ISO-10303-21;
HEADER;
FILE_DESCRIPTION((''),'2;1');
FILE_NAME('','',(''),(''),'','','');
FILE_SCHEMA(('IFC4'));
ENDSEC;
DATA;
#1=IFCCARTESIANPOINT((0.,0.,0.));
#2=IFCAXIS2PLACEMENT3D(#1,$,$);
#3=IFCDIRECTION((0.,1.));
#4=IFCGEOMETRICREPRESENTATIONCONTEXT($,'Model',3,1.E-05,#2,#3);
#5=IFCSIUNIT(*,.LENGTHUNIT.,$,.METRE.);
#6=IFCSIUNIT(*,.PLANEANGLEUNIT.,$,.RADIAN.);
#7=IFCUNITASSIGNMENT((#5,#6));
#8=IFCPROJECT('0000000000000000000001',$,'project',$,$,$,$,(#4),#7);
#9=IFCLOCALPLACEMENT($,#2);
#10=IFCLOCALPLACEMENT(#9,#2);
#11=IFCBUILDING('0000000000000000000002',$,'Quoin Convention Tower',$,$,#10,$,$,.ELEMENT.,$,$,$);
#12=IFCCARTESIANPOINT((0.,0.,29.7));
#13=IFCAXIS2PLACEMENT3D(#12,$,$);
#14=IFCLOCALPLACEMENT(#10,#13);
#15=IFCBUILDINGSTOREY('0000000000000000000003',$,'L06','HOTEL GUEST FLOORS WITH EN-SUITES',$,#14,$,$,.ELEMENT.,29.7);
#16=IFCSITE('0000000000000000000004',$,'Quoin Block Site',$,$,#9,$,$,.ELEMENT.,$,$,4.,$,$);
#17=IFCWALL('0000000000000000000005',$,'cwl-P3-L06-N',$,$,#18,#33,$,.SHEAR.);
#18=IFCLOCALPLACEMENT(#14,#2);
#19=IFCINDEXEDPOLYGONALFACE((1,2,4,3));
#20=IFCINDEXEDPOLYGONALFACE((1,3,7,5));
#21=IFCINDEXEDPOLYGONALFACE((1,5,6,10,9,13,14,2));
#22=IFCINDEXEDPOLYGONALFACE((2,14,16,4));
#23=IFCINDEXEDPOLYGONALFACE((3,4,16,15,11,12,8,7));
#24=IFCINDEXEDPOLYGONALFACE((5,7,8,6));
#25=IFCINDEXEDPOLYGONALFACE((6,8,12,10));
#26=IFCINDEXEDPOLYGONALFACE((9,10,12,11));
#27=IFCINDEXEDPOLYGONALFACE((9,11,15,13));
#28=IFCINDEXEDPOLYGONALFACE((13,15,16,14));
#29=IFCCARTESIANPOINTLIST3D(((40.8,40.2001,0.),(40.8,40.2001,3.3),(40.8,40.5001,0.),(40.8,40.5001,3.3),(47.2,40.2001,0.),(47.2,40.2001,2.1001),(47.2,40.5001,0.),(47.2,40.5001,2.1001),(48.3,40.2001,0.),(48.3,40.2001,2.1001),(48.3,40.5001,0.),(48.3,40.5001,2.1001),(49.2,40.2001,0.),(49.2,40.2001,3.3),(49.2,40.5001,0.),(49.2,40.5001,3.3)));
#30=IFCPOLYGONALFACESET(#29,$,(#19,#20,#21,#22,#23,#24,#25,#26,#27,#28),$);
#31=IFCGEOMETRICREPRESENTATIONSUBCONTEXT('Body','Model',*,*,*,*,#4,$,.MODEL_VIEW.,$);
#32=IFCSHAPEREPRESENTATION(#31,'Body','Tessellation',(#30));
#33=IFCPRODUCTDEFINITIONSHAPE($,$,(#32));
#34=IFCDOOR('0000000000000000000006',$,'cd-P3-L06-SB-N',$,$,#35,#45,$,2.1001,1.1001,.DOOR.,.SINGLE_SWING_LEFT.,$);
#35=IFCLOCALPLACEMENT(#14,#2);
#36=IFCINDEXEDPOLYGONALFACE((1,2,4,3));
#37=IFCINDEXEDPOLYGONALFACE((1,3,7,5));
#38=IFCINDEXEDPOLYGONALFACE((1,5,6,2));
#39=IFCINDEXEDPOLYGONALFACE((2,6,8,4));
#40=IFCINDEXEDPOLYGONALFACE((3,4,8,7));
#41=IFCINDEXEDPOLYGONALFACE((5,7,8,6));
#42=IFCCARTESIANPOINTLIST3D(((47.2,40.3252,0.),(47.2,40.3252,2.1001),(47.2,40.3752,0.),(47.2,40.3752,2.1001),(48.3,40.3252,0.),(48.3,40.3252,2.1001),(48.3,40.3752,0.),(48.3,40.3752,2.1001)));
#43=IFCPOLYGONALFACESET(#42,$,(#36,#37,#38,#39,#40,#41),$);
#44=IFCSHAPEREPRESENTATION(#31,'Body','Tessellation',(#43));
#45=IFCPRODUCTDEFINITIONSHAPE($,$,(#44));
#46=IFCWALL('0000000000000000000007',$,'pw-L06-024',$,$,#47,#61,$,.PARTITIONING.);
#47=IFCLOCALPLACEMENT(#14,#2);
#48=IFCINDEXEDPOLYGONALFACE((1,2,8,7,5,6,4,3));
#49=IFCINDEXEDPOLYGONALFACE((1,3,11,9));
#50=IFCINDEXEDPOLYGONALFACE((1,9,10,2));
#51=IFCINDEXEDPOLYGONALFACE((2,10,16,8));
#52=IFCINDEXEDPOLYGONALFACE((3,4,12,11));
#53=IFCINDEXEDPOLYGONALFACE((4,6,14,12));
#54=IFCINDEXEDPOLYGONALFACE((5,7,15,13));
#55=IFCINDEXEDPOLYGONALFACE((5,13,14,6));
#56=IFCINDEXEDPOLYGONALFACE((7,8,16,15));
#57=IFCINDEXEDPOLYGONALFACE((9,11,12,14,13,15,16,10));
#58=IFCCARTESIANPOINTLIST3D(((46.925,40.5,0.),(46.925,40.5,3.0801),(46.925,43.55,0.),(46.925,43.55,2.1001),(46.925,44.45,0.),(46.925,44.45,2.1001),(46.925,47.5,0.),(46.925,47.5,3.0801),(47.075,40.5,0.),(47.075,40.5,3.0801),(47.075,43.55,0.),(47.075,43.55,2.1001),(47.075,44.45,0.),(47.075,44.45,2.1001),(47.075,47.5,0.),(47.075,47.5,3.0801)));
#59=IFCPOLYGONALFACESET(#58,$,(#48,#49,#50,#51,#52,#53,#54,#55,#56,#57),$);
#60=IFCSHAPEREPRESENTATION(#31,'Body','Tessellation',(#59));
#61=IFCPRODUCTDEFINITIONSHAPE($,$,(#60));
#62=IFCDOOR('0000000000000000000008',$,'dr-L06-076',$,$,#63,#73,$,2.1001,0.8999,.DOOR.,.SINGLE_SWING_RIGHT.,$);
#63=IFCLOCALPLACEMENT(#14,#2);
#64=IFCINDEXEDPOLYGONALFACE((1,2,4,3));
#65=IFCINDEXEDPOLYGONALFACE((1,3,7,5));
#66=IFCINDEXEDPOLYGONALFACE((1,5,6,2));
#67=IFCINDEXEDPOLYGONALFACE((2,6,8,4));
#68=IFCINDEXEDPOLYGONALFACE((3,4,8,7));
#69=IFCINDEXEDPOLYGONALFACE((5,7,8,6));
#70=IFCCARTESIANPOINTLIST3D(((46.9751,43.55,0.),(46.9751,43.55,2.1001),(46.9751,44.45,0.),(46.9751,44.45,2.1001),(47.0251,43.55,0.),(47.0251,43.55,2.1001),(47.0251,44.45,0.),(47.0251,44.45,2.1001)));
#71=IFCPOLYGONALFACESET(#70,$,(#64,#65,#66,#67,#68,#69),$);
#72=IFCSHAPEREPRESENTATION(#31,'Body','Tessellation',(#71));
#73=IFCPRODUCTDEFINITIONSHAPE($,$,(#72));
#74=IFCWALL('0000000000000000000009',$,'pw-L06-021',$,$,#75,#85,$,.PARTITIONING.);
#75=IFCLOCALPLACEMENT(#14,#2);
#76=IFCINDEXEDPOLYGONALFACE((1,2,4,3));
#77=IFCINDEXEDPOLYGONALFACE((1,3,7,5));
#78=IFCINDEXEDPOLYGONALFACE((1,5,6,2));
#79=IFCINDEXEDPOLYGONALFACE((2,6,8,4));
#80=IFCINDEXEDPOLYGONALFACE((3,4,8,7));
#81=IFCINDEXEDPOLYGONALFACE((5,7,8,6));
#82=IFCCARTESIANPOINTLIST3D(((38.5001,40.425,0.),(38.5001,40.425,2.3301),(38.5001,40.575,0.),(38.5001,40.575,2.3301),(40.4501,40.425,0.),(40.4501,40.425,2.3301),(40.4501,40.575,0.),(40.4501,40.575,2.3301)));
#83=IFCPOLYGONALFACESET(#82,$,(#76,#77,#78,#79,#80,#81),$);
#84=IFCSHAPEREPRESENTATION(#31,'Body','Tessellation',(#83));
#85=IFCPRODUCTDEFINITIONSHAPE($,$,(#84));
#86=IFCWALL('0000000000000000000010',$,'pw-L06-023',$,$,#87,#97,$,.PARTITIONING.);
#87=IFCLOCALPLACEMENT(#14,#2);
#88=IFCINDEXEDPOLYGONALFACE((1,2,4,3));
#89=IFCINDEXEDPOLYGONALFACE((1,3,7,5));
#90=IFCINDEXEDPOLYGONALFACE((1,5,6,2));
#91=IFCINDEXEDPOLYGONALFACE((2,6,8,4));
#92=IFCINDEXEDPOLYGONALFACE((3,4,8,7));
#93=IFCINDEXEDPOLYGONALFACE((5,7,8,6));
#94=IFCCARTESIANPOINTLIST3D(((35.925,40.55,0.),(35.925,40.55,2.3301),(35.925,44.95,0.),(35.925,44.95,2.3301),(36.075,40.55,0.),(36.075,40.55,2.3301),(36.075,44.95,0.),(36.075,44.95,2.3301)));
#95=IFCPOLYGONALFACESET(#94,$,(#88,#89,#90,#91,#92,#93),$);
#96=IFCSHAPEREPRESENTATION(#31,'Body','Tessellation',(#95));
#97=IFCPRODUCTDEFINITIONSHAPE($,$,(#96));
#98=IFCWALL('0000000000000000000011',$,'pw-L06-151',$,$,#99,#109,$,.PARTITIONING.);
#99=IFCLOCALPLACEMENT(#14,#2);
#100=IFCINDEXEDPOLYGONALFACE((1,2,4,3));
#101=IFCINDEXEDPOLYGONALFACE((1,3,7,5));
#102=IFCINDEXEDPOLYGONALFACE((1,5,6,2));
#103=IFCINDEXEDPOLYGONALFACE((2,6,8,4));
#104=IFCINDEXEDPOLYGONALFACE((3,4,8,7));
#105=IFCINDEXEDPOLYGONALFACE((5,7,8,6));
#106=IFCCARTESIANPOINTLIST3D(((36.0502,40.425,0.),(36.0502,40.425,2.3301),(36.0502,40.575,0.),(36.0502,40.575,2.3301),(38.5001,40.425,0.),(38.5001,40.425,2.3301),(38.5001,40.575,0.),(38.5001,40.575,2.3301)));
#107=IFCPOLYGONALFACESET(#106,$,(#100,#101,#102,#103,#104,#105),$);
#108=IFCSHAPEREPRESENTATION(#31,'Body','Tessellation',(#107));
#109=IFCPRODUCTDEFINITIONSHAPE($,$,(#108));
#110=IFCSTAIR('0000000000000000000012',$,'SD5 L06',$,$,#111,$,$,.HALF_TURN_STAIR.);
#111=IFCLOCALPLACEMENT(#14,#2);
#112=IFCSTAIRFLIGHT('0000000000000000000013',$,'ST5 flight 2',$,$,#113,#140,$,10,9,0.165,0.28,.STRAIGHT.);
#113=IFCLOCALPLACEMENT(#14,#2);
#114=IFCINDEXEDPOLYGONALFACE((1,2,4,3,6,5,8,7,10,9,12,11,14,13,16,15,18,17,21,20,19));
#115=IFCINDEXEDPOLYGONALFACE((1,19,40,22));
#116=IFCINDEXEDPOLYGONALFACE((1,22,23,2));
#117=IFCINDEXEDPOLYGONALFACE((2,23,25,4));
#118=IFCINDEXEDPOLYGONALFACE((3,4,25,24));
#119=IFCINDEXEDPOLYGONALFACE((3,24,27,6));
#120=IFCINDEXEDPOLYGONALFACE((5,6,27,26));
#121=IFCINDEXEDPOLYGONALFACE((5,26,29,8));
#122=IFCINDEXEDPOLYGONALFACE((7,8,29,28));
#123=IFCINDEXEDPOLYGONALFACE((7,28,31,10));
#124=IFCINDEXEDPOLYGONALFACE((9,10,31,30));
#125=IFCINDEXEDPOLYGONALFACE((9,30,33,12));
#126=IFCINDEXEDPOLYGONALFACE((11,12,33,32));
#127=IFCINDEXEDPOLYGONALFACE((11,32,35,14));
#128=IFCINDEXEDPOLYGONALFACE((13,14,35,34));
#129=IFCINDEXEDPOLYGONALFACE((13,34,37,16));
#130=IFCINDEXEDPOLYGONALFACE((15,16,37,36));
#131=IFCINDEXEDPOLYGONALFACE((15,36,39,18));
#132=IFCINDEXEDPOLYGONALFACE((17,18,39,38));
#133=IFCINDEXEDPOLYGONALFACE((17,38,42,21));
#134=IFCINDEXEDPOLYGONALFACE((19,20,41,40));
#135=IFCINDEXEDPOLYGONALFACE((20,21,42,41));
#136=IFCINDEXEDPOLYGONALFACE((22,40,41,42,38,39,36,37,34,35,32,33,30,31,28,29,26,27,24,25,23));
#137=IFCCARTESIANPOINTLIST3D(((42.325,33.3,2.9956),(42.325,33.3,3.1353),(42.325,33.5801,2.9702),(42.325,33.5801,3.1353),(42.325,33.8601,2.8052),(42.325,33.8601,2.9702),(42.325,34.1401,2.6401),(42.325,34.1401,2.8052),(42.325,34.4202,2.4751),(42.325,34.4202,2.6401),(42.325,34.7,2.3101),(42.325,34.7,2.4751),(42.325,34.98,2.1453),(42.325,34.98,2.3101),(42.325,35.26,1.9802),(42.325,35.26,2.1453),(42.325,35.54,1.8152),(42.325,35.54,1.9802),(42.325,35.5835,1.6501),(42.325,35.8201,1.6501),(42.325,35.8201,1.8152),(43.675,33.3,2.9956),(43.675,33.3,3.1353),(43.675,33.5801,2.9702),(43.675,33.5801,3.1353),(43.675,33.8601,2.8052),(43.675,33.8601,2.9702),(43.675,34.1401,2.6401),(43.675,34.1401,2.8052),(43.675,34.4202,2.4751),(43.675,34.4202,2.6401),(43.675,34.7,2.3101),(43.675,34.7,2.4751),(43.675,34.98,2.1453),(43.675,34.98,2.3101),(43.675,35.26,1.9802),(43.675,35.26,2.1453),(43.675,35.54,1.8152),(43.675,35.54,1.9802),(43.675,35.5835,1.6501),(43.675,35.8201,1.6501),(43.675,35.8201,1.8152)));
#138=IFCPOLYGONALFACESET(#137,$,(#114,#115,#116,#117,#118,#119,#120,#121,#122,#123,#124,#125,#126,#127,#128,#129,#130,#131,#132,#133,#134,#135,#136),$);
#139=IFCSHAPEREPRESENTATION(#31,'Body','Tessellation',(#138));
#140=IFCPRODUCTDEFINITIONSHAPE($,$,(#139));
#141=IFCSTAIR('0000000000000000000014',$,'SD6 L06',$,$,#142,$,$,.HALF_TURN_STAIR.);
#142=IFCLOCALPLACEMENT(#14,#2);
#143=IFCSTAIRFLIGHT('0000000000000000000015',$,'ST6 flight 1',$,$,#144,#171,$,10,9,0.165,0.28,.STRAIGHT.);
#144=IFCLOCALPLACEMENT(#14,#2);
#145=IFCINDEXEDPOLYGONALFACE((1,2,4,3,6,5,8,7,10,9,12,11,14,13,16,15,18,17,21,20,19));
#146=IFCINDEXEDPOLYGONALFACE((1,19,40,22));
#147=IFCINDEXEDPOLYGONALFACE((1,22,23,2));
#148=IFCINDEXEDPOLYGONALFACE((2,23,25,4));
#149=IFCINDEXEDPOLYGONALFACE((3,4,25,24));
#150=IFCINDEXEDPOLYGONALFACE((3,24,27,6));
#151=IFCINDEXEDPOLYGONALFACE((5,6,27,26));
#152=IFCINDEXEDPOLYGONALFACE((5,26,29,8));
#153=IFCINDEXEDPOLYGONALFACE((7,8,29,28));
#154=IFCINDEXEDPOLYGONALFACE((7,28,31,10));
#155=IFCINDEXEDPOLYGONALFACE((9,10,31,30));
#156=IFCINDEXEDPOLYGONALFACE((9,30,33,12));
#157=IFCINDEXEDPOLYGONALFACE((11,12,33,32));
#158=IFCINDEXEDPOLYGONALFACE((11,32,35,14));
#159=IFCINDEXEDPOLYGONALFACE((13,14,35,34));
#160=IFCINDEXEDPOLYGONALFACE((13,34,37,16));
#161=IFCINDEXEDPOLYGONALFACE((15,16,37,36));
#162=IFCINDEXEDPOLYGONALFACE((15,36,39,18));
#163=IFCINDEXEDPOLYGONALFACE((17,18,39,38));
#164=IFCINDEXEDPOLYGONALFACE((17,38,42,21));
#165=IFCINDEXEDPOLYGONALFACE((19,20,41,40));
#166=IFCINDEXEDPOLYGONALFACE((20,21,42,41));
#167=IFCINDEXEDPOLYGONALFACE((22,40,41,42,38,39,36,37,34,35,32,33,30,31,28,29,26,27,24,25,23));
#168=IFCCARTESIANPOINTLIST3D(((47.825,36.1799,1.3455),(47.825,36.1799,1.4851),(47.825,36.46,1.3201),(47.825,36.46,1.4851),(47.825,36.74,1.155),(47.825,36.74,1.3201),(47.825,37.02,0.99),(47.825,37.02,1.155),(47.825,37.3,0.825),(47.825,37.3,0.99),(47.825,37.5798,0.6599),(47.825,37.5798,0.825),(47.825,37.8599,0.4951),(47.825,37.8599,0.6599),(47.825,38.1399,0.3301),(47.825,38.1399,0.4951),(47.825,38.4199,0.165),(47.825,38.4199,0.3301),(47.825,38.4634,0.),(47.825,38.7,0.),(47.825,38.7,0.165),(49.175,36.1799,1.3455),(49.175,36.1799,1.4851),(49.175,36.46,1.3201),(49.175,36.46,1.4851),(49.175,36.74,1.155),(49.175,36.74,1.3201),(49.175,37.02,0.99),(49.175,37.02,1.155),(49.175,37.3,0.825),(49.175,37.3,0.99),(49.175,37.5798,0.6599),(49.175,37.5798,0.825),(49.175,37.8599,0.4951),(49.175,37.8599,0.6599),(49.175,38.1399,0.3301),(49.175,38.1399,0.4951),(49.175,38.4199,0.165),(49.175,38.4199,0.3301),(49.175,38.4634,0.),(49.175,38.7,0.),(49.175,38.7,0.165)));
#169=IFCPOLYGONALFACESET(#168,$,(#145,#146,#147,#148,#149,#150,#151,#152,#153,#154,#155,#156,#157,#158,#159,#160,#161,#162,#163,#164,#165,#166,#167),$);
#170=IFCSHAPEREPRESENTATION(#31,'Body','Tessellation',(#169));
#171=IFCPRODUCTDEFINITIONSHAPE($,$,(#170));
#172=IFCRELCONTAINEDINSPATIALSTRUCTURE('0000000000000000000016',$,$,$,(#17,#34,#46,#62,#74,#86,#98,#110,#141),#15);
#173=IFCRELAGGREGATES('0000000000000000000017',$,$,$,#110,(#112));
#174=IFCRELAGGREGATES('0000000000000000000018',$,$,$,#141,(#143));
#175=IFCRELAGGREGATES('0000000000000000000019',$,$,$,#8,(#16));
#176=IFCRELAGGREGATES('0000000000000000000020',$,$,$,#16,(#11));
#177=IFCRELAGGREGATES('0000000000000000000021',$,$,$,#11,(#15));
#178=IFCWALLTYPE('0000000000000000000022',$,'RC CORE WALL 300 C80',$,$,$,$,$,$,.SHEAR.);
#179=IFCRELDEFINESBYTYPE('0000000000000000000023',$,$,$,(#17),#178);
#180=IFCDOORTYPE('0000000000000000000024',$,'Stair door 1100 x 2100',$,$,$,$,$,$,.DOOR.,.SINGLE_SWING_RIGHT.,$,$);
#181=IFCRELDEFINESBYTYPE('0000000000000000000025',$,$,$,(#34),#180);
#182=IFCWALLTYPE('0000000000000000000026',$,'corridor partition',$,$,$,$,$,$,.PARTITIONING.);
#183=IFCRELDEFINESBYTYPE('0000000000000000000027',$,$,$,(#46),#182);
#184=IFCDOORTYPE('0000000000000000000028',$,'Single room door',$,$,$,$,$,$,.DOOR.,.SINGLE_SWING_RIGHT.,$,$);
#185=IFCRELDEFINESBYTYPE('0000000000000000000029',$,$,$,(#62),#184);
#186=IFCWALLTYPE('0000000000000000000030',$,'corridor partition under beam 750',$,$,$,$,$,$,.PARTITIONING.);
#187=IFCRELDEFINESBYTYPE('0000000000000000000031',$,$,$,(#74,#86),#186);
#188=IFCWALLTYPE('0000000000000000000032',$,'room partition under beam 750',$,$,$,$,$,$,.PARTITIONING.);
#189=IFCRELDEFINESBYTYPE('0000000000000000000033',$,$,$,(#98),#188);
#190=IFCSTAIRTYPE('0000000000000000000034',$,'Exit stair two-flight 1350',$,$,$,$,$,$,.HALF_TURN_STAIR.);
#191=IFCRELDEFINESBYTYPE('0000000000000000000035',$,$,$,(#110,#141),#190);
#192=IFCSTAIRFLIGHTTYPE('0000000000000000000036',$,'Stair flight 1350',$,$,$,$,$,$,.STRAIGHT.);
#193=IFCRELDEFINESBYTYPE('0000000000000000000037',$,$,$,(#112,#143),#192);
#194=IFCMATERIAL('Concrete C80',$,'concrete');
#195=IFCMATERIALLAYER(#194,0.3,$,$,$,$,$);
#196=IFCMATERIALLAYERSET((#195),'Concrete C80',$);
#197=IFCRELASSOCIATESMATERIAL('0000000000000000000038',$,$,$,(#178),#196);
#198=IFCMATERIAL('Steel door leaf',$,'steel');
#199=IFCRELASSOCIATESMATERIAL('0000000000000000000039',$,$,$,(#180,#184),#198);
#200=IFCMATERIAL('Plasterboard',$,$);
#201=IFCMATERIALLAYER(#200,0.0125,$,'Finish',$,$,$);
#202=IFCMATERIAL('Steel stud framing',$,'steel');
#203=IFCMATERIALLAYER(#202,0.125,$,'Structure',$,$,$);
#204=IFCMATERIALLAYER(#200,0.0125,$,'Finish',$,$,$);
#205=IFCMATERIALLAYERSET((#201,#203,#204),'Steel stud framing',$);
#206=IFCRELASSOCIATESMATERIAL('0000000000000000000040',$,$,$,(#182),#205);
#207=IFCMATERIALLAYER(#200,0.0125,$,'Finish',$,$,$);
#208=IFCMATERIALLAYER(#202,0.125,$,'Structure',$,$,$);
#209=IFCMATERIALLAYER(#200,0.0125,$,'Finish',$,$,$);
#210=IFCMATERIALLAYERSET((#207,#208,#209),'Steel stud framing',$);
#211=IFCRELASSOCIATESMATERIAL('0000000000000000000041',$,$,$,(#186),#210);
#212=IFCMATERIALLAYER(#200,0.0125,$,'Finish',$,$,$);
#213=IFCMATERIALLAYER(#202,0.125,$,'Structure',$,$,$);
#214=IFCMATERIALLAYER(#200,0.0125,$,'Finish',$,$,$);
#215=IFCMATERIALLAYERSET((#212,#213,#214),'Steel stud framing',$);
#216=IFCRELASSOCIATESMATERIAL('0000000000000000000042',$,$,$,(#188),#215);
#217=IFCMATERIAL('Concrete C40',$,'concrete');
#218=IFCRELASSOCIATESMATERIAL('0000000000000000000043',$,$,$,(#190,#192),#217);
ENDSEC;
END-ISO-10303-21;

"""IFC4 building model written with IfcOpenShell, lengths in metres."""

from ifc_helpers import new_model, si_unit, direction, frame, frame_2d, origin, place, context, subcontext, project, spatial, polyline, rectangle, outline, extrude, material, layer, layer_set, type_object, element, fill, aggregate, save


model = new_model("IFC4")

# Units and contexts
model_context = context("Model", 3, precision=1e-05, world=origin(), true_north=direction((0.0, 1.0)))
body_context = subcontext(model_context, "Body", "Model", "MODEL_VIEW")
ifc_project = project(units=[si_unit("LENGTHUNIT", "METRE"), si_unit("PLANEANGLEUNIT", "RADIAN")], contexts=[model_context])

# Site, building, storey
site_placement = place(None, origin())
site = spatial("IfcSite", under=ifc_project, at=site_placement, Name="Quoin Block Site", CompositionType="ELEMENT", RefElevation=4.0)
building_placement = place(site_placement, origin())
building = spatial("IfcBuilding", under=site, at=building_placement, Name="Quoin Convention Tower", CompositionType="ELEMENT")
storey_placement = place(building_placement, frame((0.0, 0.0, 29.7)))
storey = spatial("IfcBuildingStorey", under=building, at=storey_placement, Name="L06", Description="HOTEL GUEST FLOORS WITH EN-SUITES", CompositionType="ELEMENT", Elevation=29.7)

# Shared definitions
ifc_material_1 = material(Name="Concrete C80", Category="concrete")

# Walls, openings, doors
ifc_layer_1 = layer(ifc_material_1, 0.3)
ifc_layer_set_1 = layer_set([ifc_layer_1], Name="Concrete C80")
wall_type_1 = type_object("IfcWallType", Name="RC CORE WALL 300 C80", PredefinedType="SHEAR", material=ifc_layer_set_1)
wall_1_placement = place(storey_placement, frame((40.8, 40.3501, 0.0), z_axis=(0.0, 0.0, 1.0), x_axis=(1.0, 0.0, 0.0)))
wall_1 = element("IfcWall", 1, at=wall_1_placement, inside=storey, type_object=wall_type_1, Name="cwl-P3-L06-N", PredefinedType="SHEAR", context=body_context, shape_type="SweptSolid", body=[
    extrude(rectangle(XDim=8.3999, YDim=0.3, at=frame_2d((4.2, 0.0))), origin(), (0.0, 0.0, 1.0), 3.3),
])
opening_1_placement = place(wall_1_placement, frame((6.3999, 0.0, 0.0)))
opening_1 = element("IfcOpeningElement", 2, at=opening_1_placement, cuts=wall_1, PredefinedType="OPENING", context=body_context, shape_type="SweptSolid", body=[
    extrude(rectangle(XDim=1.1001, YDim=2.1001, at=frame_2d((0.55, 1.05))), frame((0.0, 0.1599, 0.0), z_axis=(0.0, -1.0, 0.0), x_axis=(1.0, 0.0, 0.0)), (0.0, 0.0, 1.0), 0.3201),
])
ifc_material_2 = material(Name="Steel door leaf", Category="steel")
door_type_1 = type_object("IfcDoorType", Name="Stair door 1100 x 2100", OperationType="SINGLE_SWING_RIGHT", PredefinedType="DOOR", material=ifc_material_2)
door_1_placement = place(opening_1_placement, frame((1.1001, 0.0, 0.0), z_axis=(0.0, 0.0, 1.0), x_axis=(-1.0, 0.0, 0.0)))
door_1 = element("IfcDoor", 3, at=door_1_placement, inside=storey, type_object=door_type_1, Name="cd-P3-L06-SB-N", OperationType="SINGLE_SWING_LEFT", OverallHeight=2.1001, OverallWidth=1.1001, PredefinedType="DOOR", context=body_context, shape_type="SweptSolid", body=[
    extrude(rectangle(XDim=1.1001, YDim=2.1001, at=frame_2d((0.55, 1.05))), frame((0.0, 0.0249, 0.0), z_axis=(0.0, -1.0, 0.0), x_axis=(1.0, 0.0, 0.0)), (0.0, 0.0, 1.0), 0.05),
])
fill(opening_1, door_1)
ifc_material_3 = material(Name="Plasterboard")
ifc_layer_2 = layer(ifc_material_3, 0.0125, Name="Finish")
ifc_material_4 = material(Name="Steel stud framing", Category="steel")
ifc_layer_3 = layer(ifc_material_4, 0.125, Name="Structure")
ifc_layer_4 = layer(ifc_material_3, 0.0125, Name="Finish")
ifc_layer_set_2 = layer_set([ifc_layer_2, ifc_layer_3, ifc_layer_4], Name="Steel stud framing")
wall_type_2 = type_object("IfcWallType", Name="corridor partition", PredefinedType="PARTITIONING", material=ifc_layer_set_2)
wall_2_placement = place(storey_placement, frame((47.0, 40.5, 0.0), z_axis=(0.0, 0.0, 1.0), x_axis=(0.0, 1.0, 0.0)))
wall_2 = element("IfcWall", 4, at=wall_2_placement, inside=storey, type_object=wall_type_2, Name="pw-L06-024", PredefinedType="PARTITIONING", context=body_context, shape_type="SweptSolid", body=[
    extrude(rectangle(XDim=7.0, YDim=0.1499, at=frame_2d((3.5, 0.0))), origin(), (0.0, 0.0, 1.0), 3.0801),
])
opening_2_placement = place(wall_2_placement, frame((3.05, 0.0, 0.0)))
opening_2 = element("IfcOpeningElement", 5, at=opening_2_placement, cuts=wall_2, PredefinedType="OPENING", context=body_context, shape_type="SweptSolid", body=[
    extrude(rectangle(XDim=0.8999, YDim=2.1001, at=frame_2d((0.45, 1.05))), frame((0.0, 0.085, 0.0), z_axis=(0.0, -1.0, 0.0), x_axis=(1.0, 0.0, 0.0)), (0.0, 0.0, 1.0), 0.1699),
])
door_type_2 = type_object("IfcDoorType", Name="Single room door", OperationType="SINGLE_SWING_RIGHT", PredefinedType="DOOR", material=ifc_material_2)
door_2_placement = place(opening_2_placement, origin())
door_2 = element("IfcDoor", 6, at=door_2_placement, inside=storey, type_object=door_type_2, Name="dr-L06-076", OperationType="SINGLE_SWING_RIGHT", OverallHeight=2.1001, OverallWidth=0.8999, PredefinedType="DOOR", context=body_context, shape_type="SweptSolid", body=[
    extrude(rectangle(XDim=0.8999, YDim=2.1001, at=frame_2d((0.45, 1.05))), frame((0.0, 0.0249, 0.0), z_axis=(0.0, -1.0, 0.0), x_axis=(1.0, 0.0, 0.0)), (0.0, 0.0, 1.0), 0.05),
])
fill(opening_2, door_2)

# Walls
ifc_layer_5 = layer(ifc_material_3, 0.0125, Name="Finish")
ifc_layer_6 = layer(ifc_material_4, 0.125, Name="Structure")
ifc_layer_7 = layer(ifc_material_3, 0.0125, Name="Finish")
ifc_layer_set_3 = layer_set([ifc_layer_5, ifc_layer_6, ifc_layer_7], Name="Steel stud framing")
wall_type_3 = type_object("IfcWallType", Name="corridor partition under beam 750", PredefinedType="PARTITIONING", material=ifc_layer_set_3)
wall_3_placement = place(storey_placement, frame((38.5, 40.5, 0.0), z_axis=(0.0, 0.0, 1.0), x_axis=(1.0, 0.0, 0.0)))
element("IfcWall", 7, at=wall_3_placement, inside=storey, type_object=wall_type_3, Name="pw-L06-021", PredefinedType="PARTITIONING", context=body_context, shape_type="SweptSolid", body=[
    extrude(rectangle(XDim=1.95, YDim=0.1499, at=frame_2d((0.9751, 0.0))), origin(), (0.0, 0.0, 1.0), 2.3301),
])
wall_4_placement = place(storey_placement, frame((36.0, 40.55, 0.0), z_axis=(0.0, 0.0, 1.0), x_axis=(0.0, 1.0, 0.0)))
element("IfcWall", 8, at=wall_4_placement, inside=storey, type_object=wall_type_3, Name="pw-L06-023", PredefinedType="PARTITIONING", context=body_context, shape_type="SweptSolid", body=[
    extrude(rectangle(XDim=4.3999, YDim=0.1499, at=frame_2d((2.2, 0.0))), origin(), (0.0, 0.0, 1.0), 2.3301),
])
ifc_layer_8 = layer(ifc_material_3, 0.0125, Name="Finish")
ifc_layer_9 = layer(ifc_material_4, 0.125, Name="Structure")
ifc_layer_10 = layer(ifc_material_3, 0.0125, Name="Finish")
ifc_layer_set_4 = layer_set([ifc_layer_8, ifc_layer_9, ifc_layer_10], Name="Steel stud framing")
wall_type_4 = type_object("IfcWallType", Name="room partition under beam 750", PredefinedType="PARTITIONING", material=ifc_layer_set_4)
wall_5_placement = place(storey_placement, frame((36.05, 40.5, 0.0), z_axis=(0.0, 0.0, 1.0), x_axis=(1.0, 0.0, 0.0)))
element("IfcWall", 9, at=wall_5_placement, inside=storey, type_object=wall_type_4, Name="pw-L06-151", PredefinedType="PARTITIONING", context=body_context, shape_type="SweptSolid", body=[
    extrude(rectangle(XDim=2.45, YDim=0.1499, at=frame_2d((1.2251, 0.0))), origin(), (0.0, 0.0, 1.0), 2.3301),
])

# Stair, stair flight
ifc_material_5 = material(Name="Concrete C40", Category="concrete")
stair_type = type_object("IfcStairType", Name="Exit stair two-flight 1350", PredefinedType="HALF_TURN_STAIR", material=ifc_material_5)
stair_1_placement = place(storey_placement, origin())
stair_1 = element("IfcStair", 10, at=stair_1_placement, inside=storey, type_object=stair_type, Name="SD5 L06", PredefinedType="HALF_TURN_STAIR")
stair_flight_type = type_object("IfcStairFlightType", Name="Stair flight 1350", PredefinedType="STRAIGHT", material=ifc_material_5)
stair_flight_1_placement = place(storey_placement, frame((43.0, 35.8201, 1.6501), z_axis=(0.0, 0.0, 1.0), x_axis=(0.0, -1.0, 0.0)))
stair_flight_1 = element("IfcStairFlight", 11, at=stair_flight_1_placement, type_object=stair_flight_type, Name="ST5 flight 2", NumberOfRisers=10, NumberOfTreads=9, PredefinedType="STRAIGHT", RiserHeight=0.165, TreadLength=0.28, context=body_context, shape_type="SweptSolid", body=[
    extrude(outline(polyline([(0.0, 0.0), (0.0, 0.165), (0.28, 0.165), (0.28, 0.3301), (0.5601, 0.3301), (0.5601, 0.4951), (0.8401, 0.4951), (0.8401, 0.6599), (1.1201, 0.6599), (1.1201, 0.825), (1.3999, 0.825), (1.3999, 0.99), (1.6799, 0.99), (1.6799, 1.155), (1.96, 1.155), (1.96, 1.3201), (2.24, 1.3201), (2.24, 1.4851), (2.52, 1.4851), (2.52, 1.6499), (2.52, 1.3455), (0.2366, 0.0), (0.0, 0.0)])), frame((0.0, 0.675, 0.0), z_axis=(0.0, -1.0, 0.0), x_axis=(1.0, 0.0, 0.0)), (0.0, 0.0, 1.0), 1.3501),
])
aggregate(stair_1, [stair_flight_1])

# Stair, stair flight
stair_2_placement = place(storey_placement, origin())
stair_2 = element("IfcStair", 12, at=stair_2_placement, inside=storey, type_object=stair_type, Name="SD6 L06", PredefinedType="HALF_TURN_STAIR")
stair_flight_2_placement = place(storey_placement, frame((48.5, 38.7, 0.0), z_axis=(0.0, 0.0, 1.0), x_axis=(0.0, -1.0, 0.0)))
stair_flight_2 = element("IfcStairFlight", 13, at=stair_flight_2_placement, type_object=stair_flight_type, Name="ST6 flight 1", NumberOfRisers=10, NumberOfTreads=9, PredefinedType="STRAIGHT", RiserHeight=0.165, TreadLength=0.28, context=body_context, shape_type="SweptSolid", body=[
    extrude(outline(polyline([(0.0, 0.0), (0.0, 0.165), (0.28, 0.165), (0.28, 0.3301), (0.5601, 0.3301), (0.5601, 0.4951), (0.8401, 0.4951), (0.8401, 0.6599), (1.1201, 0.6599), (1.1201, 0.825), (1.3999, 0.825), (1.3999, 0.99), (1.6799, 0.99), (1.6799, 1.155), (1.96, 1.155), (1.96, 1.3201), (2.24, 1.3201), (2.24, 1.4851), (2.52, 1.4851), (2.52, 1.6499), (2.52, 1.3455), (0.2366, 0.0), (0.0, 0.0)])), frame((0.0, 0.675, 0.0), z_axis=(0.0, -1.0, 0.0), x_axis=(1.0, 0.0, 0.0)), (0.0, 0.0, 1.0), 1.3501),
])
aggregate(stair_2, [stair_flight_2])

save(model, "model.ifc")
